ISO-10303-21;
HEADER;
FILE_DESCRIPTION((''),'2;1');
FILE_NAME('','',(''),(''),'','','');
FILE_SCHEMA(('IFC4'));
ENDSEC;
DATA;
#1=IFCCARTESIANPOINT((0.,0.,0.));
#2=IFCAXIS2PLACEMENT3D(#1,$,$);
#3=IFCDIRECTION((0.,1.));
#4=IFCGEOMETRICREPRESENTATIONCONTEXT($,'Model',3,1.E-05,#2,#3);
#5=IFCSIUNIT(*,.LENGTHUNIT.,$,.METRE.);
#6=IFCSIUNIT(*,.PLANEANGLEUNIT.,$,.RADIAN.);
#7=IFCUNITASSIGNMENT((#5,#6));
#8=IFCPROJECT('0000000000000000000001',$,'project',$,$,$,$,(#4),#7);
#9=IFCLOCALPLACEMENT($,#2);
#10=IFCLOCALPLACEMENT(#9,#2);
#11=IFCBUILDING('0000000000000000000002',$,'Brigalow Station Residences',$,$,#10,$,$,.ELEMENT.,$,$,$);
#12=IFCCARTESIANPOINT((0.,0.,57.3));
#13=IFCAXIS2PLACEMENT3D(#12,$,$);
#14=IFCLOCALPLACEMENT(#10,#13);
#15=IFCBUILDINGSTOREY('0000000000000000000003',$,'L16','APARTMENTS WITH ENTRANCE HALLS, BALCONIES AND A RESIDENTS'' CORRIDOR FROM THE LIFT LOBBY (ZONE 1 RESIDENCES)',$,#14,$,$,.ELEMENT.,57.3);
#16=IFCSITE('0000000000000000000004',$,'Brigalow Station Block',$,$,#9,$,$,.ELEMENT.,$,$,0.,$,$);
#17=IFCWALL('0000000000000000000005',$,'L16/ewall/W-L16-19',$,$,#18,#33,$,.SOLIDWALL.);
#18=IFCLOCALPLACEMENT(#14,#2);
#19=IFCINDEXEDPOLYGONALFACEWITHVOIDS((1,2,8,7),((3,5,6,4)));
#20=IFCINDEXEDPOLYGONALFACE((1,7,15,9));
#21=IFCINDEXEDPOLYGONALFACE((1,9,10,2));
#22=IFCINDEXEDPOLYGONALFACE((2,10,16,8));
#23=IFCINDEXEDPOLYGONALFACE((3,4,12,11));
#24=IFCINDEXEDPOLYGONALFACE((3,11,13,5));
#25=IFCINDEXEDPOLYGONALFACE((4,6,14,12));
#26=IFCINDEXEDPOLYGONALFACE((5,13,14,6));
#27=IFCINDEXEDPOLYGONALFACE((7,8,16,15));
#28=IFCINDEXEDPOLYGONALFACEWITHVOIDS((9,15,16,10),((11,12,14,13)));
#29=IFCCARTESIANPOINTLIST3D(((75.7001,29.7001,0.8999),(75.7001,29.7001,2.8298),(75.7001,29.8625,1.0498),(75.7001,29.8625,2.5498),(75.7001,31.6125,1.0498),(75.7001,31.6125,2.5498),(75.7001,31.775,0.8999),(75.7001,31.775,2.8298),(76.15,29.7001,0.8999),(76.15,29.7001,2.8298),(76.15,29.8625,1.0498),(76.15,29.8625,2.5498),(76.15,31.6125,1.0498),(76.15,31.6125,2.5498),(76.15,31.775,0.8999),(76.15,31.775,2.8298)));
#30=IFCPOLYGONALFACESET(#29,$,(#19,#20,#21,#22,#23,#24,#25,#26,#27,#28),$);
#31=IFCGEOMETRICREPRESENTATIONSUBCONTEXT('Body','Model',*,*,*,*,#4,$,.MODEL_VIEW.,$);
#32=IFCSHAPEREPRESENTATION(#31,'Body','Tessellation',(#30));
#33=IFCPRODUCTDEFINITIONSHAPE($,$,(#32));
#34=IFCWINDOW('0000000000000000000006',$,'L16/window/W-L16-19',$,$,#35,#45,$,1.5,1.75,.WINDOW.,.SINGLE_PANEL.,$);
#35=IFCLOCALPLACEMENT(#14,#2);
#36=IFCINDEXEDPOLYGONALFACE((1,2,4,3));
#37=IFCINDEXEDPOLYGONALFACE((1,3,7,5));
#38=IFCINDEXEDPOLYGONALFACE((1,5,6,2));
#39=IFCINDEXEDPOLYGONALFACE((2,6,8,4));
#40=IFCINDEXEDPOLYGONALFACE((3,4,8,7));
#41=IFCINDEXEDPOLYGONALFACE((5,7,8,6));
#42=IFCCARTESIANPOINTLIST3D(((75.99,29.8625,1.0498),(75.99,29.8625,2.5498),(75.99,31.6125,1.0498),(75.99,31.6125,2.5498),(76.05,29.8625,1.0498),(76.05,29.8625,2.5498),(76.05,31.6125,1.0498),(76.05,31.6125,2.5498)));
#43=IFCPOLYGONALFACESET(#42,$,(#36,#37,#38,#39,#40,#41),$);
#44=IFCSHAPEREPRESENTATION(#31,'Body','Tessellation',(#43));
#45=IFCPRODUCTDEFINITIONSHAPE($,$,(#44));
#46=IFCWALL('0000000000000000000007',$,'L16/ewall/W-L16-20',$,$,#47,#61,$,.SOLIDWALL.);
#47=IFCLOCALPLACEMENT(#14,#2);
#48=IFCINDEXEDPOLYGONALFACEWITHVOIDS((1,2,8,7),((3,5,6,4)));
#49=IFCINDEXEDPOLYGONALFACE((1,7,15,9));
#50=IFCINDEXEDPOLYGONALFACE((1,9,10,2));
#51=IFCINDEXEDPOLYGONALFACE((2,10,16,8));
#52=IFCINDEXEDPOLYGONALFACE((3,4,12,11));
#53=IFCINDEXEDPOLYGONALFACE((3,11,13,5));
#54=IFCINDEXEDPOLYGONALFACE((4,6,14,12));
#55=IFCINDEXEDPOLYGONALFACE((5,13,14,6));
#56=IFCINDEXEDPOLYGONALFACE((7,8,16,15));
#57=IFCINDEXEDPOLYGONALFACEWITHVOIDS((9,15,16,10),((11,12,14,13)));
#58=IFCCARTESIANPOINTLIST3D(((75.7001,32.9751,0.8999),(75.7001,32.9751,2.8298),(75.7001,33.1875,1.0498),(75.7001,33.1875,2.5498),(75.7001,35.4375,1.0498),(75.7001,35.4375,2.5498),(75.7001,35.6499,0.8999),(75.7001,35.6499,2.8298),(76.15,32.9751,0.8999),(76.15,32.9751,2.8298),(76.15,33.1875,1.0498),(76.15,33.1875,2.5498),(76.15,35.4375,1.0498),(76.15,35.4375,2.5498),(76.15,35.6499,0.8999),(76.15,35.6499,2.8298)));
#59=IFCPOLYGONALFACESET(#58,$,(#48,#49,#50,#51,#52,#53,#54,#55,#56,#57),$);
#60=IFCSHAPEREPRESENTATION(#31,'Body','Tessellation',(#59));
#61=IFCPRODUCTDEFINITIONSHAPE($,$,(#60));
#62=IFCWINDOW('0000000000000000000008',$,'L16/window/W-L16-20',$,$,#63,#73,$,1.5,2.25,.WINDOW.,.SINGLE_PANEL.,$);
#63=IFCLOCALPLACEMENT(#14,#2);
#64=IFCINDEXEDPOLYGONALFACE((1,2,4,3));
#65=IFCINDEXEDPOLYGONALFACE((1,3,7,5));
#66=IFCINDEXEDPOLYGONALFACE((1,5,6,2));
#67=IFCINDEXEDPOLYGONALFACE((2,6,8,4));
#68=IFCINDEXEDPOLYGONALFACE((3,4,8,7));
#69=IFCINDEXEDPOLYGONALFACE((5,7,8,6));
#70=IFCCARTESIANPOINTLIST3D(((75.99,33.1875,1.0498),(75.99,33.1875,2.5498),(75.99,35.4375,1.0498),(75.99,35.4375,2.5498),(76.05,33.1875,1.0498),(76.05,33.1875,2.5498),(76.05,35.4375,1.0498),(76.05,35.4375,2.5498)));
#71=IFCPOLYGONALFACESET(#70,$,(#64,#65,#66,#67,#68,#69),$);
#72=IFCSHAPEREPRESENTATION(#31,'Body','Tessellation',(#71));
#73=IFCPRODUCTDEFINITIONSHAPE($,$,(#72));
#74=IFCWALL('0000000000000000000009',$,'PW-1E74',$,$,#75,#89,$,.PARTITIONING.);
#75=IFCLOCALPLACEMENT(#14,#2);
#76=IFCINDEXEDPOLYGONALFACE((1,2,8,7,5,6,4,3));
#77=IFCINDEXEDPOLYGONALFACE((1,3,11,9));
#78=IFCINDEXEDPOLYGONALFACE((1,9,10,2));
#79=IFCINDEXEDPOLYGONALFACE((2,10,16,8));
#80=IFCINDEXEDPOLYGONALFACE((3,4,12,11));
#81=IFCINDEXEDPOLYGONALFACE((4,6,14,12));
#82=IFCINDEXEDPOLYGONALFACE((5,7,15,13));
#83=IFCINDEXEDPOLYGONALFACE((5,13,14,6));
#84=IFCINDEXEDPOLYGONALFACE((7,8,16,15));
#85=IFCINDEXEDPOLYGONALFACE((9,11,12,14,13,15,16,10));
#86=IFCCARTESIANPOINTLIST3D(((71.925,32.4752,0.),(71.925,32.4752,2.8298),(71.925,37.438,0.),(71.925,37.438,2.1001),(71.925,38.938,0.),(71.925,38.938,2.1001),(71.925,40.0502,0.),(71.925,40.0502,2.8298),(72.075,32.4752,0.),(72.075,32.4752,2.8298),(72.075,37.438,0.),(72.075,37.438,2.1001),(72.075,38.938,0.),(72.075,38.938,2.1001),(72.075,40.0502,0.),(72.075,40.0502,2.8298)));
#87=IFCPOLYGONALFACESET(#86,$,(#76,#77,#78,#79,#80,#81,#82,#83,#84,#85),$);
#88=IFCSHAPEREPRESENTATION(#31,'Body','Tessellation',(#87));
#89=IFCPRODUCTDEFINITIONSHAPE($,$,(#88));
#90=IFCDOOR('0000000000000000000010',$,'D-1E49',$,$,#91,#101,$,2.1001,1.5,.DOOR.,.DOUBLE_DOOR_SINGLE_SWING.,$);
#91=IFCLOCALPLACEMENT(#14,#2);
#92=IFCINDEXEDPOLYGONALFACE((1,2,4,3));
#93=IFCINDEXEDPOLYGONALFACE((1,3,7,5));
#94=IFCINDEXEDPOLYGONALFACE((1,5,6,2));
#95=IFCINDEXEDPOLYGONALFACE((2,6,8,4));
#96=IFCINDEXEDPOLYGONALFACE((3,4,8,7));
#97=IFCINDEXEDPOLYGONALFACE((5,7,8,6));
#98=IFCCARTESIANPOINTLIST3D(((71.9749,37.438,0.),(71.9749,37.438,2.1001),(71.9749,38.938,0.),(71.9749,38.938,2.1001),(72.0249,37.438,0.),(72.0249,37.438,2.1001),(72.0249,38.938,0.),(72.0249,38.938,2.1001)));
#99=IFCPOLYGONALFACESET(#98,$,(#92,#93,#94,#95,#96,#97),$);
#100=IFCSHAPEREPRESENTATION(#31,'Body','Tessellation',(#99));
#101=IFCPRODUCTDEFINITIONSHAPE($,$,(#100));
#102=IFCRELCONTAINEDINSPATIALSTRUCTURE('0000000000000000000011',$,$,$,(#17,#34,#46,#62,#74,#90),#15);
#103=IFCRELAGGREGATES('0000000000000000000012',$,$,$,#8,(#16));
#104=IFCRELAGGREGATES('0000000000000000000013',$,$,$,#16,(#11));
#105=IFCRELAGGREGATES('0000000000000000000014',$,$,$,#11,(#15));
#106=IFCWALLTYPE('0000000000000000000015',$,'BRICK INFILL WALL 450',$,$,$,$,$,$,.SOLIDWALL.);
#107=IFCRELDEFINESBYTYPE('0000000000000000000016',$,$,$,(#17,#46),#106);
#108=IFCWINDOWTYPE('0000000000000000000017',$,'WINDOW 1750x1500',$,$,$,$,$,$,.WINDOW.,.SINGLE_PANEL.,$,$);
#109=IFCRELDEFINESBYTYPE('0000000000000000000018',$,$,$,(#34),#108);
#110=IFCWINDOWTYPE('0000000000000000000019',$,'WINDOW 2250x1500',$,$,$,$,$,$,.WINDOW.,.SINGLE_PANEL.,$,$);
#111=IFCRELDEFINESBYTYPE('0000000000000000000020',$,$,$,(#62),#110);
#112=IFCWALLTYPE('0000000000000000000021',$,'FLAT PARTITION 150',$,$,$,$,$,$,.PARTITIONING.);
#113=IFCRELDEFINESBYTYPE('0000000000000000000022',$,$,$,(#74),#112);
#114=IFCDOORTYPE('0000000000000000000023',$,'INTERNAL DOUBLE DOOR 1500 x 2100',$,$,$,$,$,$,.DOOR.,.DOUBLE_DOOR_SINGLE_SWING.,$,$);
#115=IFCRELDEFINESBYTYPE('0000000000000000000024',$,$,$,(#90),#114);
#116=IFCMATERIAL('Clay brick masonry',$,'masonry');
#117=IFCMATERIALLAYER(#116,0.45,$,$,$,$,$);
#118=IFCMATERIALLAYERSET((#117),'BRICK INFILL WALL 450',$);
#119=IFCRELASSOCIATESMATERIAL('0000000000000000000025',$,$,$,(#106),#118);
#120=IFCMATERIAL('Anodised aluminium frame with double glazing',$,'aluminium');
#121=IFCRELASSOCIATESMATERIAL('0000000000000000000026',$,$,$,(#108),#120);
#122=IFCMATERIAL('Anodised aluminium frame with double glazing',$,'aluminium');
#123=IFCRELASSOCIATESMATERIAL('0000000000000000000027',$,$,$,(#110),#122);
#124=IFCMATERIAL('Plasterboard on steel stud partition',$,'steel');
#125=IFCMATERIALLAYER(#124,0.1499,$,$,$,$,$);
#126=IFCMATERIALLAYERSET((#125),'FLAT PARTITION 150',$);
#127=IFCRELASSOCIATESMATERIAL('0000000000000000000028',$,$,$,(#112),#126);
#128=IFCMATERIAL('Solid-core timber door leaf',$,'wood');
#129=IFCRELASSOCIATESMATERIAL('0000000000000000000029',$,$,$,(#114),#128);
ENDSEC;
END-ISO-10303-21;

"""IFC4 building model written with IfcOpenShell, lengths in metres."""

from ifc_helpers import new_model, si_unit, direction, frame, frame_2d, origin, place, context, subcontext, project, spatial, rectangle, extrude, material, layer, layer_set, type_object, element, fill, save


model = new_model("IFC4")

# Units and contexts
model_context = context("Model", 3, precision=1e-05, world=origin(), true_north=direction((0.0, 1.0)))
body_context = subcontext(model_context, "Body", "Model", "MODEL_VIEW")
ifc_project = project(units=[si_unit("LENGTHUNIT", "METRE"), si_unit("PLANEANGLEUNIT", "RADIAN")], contexts=[model_context])

# Site, building, storey
site_placement = place(None, origin())
site = spatial("IfcSite", under=ifc_project, at=site_placement, Name="Brigalow Station Block", CompositionType="ELEMENT", RefElevation=0.0)
building_placement = place(site_placement, origin())
building = spatial("IfcBuilding", under=site, at=building_placement, Name="Brigalow Station Residences", CompositionType="ELEMENT")
storey_placement = place(building_placement, frame((0.0, 0.0, 57.3)))
storey = spatial("IfcBuildingStorey", under=building, at=storey_placement, Name="L16", Description="APARTMENTS WITH ENTRANCE HALLS, BALCONIES AND A RESIDENTS' CORRIDOR FROM THE LIFT LOBBY (ZONE 1 RESIDENCES)", CompositionType="ELEMENT", Elevation=57.3)

# Shared definitions
ifc_material_1 = material(Name="Clay brick masonry", Category="masonry")
ifc_layer_1 = layer(ifc_material_1, 0.45)
ifc_layer_set_1 = layer_set([ifc_layer_1], Name="BRICK INFILL WALL 450")
wall_type_1 = type_object("IfcWallType", Name="BRICK INFILL WALL 450", PredefinedType="SOLIDWALL", material=ifc_layer_set_1)

# Walls, openings, windows
wall_1_placement = place(storey_placement, frame((75.925, 29.7, 0.8999), z_axis=(0.0, 0.0, 1.0), x_axis=(0.0, 1.0, 0.0)))
wall_1 = element("IfcWall", 1, at=wall_1_placement, inside=storey, type_object=wall_type_1, Name="L16/ewall/W-L16-19", PredefinedType="SOLIDWALL", context=body_context, shape_type="SweptSolid", body=[
    extrude(rectangle(XDim=2.075, YDim=0.45, at=frame_2d((1.0376, 0.0))), origin(), (0.0, 0.0, 1.0), 1.9299),
])
opening_1_placement = place(wall_1_placement, frame((0.1626, 0.0, 0.1499)))
opening_1 = element("IfcOpeningElement", 2, at=opening_1_placement, cuts=wall_1, PredefinedType="OPENING", context=body_context, shape_type="SweptSolid", body=[
    extrude(rectangle(XDim=1.75, YDim=1.5, at=frame_2d((0.875, 0.75))), frame((0.0, 0.2349, 0.0), z_axis=(0.0, -1.0, 0.0), x_axis=(1.0, 0.0, 0.0)), (0.0, 0.0, 1.0), 0.47),
])
ifc_material_2 = material(Name="Anodised aluminium frame with double glazing", Category="aluminium")
window_type_1 = type_object("IfcWindowType", Name="WINDOW 1750x1500", PartitioningType="SINGLE_PANEL", PredefinedType="WINDOW", material=ifc_material_2)
window_1_placement = place(opening_1_placement, origin())
window_1 = element("IfcWindow", 3, at=window_1_placement, inside=storey, type_object=window_type_1, Name="L16/window/W-L16-19", OverallHeight=1.5, OverallWidth=1.75, PartitioningType="SINGLE_PANEL", PredefinedType="WINDOW", context=body_context, shape_type="SweptSolid", body=[
    extrude(rectangle(XDim=1.75, YDim=1.5, at=frame_2d((0.875, 0.75))), frame((0.0, -0.0649, 0.0), z_axis=(0.0, -1.0, 0.0), x_axis=(1.0, 0.0, 0.0)), (0.0, 0.0, 1.0), 0.0601),
])
fill(opening_1, window_1)
wall_2_placement = place(storey_placement, frame((75.925, 32.9751, 0.8999), z_axis=(0.0, 0.0, 1.0), x_axis=(0.0, 1.0, 0.0)))
wall_2 = element("IfcWall", 4, at=wall_2_placement, inside=storey, type_object=wall_type_1, Name="L16/ewall/W-L16-20", PredefinedType="SOLIDWALL", context=body_context, shape_type="SweptSolid", body=[
    extrude(rectangle(XDim=2.6748, YDim=0.45, at=frame_2d((1.3374, 0.0))), origin(), (0.0, 0.0, 1.0), 1.9299),
])
opening_2_placement = place(wall_2_placement, frame((0.2124, 0.0, 0.1499)))
opening_2 = element("IfcOpeningElement", 5, at=opening_2_placement, cuts=wall_2, PredefinedType="OPENING", context=body_context, shape_type="SweptSolid", body=[
    extrude(rectangle(XDim=2.25, YDim=1.5, at=frame_2d((1.125, 0.75))), frame((0.0, 0.2349, 0.0), z_axis=(0.0, -1.0, 0.0), x_axis=(1.0, 0.0, 0.0)), (0.0, 0.0, 1.0), 0.47),
])
ifc_material_3 = material(Name="Anodised aluminium frame with double glazing", Category="aluminium")
window_type_2 = type_object("IfcWindowType", Name="WINDOW 2250x1500", PartitioningType="SINGLE_PANEL", PredefinedType="WINDOW", material=ifc_material_3)
window_2_placement = place(opening_2_placement, origin())
window_2 = element("IfcWindow", 6, at=window_2_placement, inside=storey, type_object=window_type_2, Name="L16/window/W-L16-20", OverallHeight=1.5, OverallWidth=2.25, PartitioningType="SINGLE_PANEL", PredefinedType="WINDOW", context=body_context, shape_type="SweptSolid", body=[
    extrude(rectangle(XDim=2.25, YDim=1.5, at=frame_2d((1.125, 0.75))), frame((0.0, -0.0649, 0.0), z_axis=(0.0, -1.0, 0.0), x_axis=(1.0, 0.0, 0.0)), (0.0, 0.0, 1.0), 0.0601),
])
fill(opening_2, window_2)

# Wall, opening, door
ifc_material_4 = material(Name="Plasterboard on steel stud partition", Category="steel")
ifc_layer_2 = layer(ifc_material_4, 0.1499)
ifc_layer_set_2 = layer_set([ifc_layer_2], Name="FLAT PARTITION 150")
wall_type_2 = type_object("IfcWallType", Name="FLAT PARTITION 150", PredefinedType="PARTITIONING", material=ifc_layer_set_2)
wall_3_placement = place(storey_placement, frame((72.0, 32.4751, 0.0), z_axis=(0.0, 0.0, 1.0), x_axis=(0.0, 1.0, 0.0)))
wall_3 = element("IfcWall", 7, at=wall_3_placement, inside=storey, type_object=wall_type_2, Name="PW-1E74", PredefinedType="PARTITIONING", context=body_context, shape_type="SweptSolid", body=[
    extrude(rectangle(XDim=7.575, YDim=0.1499, at=frame_2d((3.7876, 0.0))), origin(), (0.0, 0.0, 1.0), 2.8298),
])
opening_3_placement = place(wall_3_placement, frame((4.9629, 0.0, 0.0)))
opening_3 = element("IfcOpeningElement", 8, at=opening_3_placement, cuts=wall_3, PredefinedType="OPENING", context=body_context, shape_type="SweptSolid", body=[
    extrude(rectangle(XDim=1.5, YDim=2.1001, at=frame_2d((0.75, 1.05))), frame((0.0, 0.085, 0.0), z_axis=(0.0, -1.0, 0.0), x_axis=(1.0, 0.0, 0.0)), (0.0, 0.0, 1.0), 0.1699),
])
ifc_material_5 = material(Name="Solid-core timber door leaf", Category="wood")
door_type_1 = type_object("IfcDoorType", Name="INTERNAL DOUBLE DOOR 1500 x 2100", OperationType="DOUBLE_DOOR_SINGLE_SWING", PredefinedType="DOOR", material=ifc_material_5)
door_1_placement = place(opening_3_placement, frame((1.5, 0.0, 0.0), z_axis=(0.0, 0.0, 1.0), x_axis=(-1.0, 0.0, 0.0)))
door_1 = element("IfcDoor", 9, at=door_1_placement, inside=storey, type_object=door_type_1, Name="D-1E49", OperationType="DOUBLE_DOOR_SINGLE_SWING", OverallHeight=2.1001, OverallWidth=1.5, PredefinedType="DOOR", context=body_context, shape_type="SweptSolid", body=[
    extrude(rectangle(XDim=1.5, YDim=2.1001, at=frame_2d((0.75, 1.05))), frame((0.0, 0.0249, 0.0), z_axis=(0.0, -1.0, 0.0), x_axis=(1.0, 0.0, 0.0)), (0.0, 0.0, 1.0), 0.05),
])
fill(opening_3, door_1)

save(model, "model.ifc")
